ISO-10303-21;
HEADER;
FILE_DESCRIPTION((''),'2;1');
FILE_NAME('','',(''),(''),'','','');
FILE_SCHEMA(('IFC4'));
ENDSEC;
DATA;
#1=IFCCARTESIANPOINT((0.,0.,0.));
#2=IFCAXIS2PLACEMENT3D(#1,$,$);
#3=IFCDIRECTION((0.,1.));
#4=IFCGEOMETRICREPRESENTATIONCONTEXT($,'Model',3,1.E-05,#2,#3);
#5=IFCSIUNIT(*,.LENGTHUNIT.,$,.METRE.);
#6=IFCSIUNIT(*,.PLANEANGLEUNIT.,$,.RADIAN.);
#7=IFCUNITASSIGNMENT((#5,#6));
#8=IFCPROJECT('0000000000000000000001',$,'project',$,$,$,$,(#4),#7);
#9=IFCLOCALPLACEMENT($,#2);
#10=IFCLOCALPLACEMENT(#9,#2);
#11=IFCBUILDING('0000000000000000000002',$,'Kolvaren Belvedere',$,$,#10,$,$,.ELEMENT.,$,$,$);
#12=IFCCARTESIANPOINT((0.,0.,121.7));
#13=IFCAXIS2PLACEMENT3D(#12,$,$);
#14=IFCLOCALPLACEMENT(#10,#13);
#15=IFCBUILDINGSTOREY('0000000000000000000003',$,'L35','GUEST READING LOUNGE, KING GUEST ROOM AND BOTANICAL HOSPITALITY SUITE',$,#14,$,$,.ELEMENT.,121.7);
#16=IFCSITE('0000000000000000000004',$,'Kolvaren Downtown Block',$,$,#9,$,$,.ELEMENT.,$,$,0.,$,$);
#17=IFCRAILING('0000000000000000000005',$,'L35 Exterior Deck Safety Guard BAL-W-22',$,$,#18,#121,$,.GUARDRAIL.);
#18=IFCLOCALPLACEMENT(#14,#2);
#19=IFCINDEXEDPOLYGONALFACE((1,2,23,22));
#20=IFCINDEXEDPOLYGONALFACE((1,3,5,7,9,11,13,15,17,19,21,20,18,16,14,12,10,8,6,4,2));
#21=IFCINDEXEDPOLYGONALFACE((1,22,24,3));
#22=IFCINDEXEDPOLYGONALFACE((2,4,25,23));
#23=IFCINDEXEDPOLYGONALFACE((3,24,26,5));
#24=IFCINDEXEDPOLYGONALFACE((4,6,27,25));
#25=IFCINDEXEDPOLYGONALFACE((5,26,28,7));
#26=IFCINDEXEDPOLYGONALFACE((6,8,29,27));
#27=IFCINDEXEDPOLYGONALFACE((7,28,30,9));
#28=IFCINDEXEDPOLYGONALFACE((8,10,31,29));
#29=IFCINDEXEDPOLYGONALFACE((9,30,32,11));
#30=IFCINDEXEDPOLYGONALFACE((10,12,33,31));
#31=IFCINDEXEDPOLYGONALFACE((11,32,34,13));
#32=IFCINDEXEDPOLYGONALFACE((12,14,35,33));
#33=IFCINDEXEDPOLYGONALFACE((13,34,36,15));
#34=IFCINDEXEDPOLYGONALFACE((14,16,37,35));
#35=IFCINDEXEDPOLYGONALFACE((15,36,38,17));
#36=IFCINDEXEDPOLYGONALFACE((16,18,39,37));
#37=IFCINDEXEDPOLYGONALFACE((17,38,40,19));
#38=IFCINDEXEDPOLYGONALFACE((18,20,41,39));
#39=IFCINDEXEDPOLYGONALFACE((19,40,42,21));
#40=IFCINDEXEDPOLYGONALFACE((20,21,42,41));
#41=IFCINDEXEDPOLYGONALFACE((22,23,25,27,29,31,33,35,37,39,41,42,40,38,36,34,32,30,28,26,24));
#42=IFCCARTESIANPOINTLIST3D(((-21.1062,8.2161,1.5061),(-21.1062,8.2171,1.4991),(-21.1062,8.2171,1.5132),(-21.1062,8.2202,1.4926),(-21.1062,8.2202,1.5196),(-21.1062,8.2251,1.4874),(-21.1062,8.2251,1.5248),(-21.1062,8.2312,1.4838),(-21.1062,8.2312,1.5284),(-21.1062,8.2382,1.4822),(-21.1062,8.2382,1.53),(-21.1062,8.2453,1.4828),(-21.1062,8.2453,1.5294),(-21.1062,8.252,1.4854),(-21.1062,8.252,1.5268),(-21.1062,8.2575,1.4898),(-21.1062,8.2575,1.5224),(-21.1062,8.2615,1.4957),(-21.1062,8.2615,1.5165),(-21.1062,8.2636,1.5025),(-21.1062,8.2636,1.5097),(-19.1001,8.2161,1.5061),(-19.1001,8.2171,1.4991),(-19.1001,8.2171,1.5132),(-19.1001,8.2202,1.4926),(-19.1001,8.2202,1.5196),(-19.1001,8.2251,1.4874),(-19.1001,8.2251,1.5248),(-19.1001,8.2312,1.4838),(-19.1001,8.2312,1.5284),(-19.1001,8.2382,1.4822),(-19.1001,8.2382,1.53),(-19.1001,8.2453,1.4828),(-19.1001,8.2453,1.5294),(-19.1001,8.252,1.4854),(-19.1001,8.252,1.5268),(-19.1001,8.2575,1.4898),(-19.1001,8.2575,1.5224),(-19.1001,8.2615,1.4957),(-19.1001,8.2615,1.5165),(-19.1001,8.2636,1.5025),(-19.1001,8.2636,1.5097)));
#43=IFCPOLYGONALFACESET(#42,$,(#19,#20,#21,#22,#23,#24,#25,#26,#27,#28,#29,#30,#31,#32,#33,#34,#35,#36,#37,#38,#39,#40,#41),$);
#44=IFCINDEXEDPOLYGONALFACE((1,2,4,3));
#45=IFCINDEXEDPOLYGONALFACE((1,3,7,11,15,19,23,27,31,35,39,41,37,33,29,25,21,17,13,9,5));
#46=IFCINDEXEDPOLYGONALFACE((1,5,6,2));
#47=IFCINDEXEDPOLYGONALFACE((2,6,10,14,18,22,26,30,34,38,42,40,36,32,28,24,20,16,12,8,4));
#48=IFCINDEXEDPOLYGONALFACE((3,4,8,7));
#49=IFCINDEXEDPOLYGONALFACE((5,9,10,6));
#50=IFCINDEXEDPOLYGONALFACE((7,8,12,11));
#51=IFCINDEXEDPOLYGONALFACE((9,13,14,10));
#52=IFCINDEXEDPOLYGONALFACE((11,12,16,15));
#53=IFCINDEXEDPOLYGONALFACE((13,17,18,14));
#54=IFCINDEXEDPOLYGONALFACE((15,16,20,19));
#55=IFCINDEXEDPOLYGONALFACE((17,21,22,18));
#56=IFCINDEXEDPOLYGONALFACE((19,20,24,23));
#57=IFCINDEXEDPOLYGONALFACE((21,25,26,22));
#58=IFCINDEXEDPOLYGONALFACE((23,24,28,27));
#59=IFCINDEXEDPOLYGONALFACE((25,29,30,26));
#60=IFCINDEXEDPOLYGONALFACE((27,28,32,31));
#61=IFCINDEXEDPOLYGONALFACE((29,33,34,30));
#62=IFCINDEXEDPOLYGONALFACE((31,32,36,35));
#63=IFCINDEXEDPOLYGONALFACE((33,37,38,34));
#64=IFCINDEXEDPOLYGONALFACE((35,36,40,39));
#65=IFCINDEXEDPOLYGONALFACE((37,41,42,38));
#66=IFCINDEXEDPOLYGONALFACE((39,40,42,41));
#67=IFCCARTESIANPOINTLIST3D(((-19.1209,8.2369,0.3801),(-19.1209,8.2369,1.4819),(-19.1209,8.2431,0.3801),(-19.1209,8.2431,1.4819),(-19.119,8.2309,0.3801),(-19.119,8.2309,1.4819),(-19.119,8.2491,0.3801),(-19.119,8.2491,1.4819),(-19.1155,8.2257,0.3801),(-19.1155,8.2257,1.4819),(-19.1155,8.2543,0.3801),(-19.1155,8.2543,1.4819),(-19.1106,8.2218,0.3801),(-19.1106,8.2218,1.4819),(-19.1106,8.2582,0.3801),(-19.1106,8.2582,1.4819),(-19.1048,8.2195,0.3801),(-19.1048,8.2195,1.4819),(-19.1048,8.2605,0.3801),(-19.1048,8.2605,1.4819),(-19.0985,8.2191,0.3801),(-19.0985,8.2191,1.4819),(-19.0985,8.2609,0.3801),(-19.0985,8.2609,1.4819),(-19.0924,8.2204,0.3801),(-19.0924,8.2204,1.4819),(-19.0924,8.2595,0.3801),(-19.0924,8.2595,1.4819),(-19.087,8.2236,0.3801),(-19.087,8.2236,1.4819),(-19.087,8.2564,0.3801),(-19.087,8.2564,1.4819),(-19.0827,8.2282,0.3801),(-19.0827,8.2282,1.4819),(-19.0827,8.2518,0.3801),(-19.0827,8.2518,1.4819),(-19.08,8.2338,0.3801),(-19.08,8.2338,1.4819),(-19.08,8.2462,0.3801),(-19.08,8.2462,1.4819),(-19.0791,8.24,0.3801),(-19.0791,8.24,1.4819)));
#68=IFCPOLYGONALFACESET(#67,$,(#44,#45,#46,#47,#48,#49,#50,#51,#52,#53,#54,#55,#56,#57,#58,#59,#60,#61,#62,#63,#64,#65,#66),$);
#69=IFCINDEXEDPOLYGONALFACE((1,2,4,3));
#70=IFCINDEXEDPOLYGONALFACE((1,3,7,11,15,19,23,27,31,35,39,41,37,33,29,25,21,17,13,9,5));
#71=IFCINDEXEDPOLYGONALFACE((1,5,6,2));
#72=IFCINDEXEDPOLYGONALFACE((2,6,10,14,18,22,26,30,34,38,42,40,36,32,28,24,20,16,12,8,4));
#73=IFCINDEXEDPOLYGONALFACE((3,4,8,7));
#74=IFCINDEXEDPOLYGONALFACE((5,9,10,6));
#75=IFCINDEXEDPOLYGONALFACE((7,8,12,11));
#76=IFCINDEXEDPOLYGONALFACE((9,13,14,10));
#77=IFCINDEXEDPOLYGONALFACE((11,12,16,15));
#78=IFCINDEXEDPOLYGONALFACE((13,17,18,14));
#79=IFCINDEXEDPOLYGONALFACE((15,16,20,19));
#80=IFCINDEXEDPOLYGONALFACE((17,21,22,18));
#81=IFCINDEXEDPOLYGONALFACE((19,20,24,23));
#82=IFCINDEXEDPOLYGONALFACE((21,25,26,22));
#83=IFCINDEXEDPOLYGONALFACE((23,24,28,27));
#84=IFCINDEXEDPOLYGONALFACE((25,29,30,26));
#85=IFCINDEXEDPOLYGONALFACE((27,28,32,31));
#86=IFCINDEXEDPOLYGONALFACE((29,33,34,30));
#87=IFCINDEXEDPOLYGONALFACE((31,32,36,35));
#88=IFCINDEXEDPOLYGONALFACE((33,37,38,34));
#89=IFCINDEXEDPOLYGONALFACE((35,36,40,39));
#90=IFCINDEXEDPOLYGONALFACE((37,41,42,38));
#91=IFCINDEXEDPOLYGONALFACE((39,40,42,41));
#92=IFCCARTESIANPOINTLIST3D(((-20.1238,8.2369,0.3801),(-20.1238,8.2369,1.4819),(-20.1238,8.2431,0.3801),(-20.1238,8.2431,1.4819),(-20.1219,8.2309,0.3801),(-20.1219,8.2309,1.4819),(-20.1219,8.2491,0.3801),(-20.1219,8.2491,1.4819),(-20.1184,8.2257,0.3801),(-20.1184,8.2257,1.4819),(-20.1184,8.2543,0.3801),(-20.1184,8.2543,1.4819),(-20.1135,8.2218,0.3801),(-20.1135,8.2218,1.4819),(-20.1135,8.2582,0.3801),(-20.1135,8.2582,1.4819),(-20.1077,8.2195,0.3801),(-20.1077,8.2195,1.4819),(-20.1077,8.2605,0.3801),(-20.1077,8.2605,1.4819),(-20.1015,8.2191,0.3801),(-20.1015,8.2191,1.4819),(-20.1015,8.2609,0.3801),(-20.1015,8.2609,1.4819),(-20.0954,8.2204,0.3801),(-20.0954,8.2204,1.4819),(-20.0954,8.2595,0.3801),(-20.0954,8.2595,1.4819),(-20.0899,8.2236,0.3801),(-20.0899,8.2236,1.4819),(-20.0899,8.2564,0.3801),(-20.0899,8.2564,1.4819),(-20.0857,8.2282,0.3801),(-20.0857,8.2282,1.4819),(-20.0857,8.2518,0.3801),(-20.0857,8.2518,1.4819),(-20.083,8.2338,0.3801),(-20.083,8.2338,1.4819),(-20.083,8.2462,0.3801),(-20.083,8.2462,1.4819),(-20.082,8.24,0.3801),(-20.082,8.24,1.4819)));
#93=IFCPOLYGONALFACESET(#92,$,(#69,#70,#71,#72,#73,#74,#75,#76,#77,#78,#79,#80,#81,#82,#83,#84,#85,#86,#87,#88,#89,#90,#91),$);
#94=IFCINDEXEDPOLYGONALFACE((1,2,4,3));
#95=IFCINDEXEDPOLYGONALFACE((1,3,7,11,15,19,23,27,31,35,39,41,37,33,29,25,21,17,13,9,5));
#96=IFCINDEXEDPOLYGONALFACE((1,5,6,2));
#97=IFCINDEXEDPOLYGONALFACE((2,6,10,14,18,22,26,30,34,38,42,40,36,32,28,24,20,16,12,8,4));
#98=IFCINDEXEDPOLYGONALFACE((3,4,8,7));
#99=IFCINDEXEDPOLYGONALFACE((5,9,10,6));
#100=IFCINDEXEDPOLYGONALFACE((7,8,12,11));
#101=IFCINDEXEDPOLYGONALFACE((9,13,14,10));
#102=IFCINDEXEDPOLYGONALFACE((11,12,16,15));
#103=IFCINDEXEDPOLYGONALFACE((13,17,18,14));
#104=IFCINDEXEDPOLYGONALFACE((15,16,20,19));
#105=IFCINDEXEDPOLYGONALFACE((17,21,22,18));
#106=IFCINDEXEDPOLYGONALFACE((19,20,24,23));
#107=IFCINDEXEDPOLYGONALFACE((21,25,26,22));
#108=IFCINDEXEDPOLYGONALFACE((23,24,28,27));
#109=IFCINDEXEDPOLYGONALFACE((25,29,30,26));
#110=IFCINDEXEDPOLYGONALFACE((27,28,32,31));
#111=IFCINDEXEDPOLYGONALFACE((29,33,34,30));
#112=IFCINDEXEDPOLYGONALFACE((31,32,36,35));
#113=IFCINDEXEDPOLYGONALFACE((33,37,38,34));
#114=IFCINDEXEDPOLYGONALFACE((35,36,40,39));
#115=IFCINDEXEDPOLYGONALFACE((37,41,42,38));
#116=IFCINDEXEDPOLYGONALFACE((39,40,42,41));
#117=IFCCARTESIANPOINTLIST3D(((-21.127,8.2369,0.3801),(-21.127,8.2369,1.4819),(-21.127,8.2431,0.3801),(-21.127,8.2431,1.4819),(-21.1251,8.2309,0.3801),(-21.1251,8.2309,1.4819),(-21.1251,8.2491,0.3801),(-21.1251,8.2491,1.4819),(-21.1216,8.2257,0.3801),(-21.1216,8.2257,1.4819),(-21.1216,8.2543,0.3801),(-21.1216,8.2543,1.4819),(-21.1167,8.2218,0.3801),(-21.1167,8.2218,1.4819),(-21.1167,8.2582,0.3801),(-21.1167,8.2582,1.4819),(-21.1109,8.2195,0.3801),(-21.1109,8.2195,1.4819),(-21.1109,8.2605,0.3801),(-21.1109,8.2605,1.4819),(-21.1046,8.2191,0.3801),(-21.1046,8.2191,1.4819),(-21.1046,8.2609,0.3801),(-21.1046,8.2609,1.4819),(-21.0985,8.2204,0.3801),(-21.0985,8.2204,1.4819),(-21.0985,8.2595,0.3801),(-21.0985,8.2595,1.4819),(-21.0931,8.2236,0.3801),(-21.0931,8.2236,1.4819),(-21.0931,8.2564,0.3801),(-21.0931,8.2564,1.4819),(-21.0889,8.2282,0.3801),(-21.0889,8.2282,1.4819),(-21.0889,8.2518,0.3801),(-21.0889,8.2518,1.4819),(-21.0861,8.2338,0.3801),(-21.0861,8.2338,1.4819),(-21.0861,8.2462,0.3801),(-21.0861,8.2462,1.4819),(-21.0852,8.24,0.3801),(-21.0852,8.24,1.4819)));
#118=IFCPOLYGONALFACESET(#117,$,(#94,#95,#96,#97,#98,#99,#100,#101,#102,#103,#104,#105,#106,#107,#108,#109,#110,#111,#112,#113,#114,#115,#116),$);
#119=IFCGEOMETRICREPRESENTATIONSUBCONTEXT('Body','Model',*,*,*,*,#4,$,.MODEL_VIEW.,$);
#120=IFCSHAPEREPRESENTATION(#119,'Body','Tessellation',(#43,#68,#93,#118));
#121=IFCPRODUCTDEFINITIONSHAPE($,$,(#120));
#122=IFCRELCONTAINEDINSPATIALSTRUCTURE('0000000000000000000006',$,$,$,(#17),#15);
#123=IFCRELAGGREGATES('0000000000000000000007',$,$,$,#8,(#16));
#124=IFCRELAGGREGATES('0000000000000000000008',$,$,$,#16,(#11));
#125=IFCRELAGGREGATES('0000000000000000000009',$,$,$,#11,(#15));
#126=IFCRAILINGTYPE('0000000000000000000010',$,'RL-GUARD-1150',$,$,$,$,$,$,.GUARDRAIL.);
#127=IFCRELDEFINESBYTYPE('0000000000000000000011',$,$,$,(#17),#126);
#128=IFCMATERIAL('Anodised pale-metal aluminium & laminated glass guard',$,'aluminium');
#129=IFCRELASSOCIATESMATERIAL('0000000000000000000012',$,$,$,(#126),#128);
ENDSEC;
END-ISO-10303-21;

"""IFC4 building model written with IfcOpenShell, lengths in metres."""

from ifc_helpers import new_model, si_unit, direction, frame, origin, origin_2d, place, context, subcontext, project, spatial, circle, extrude, material, type_object, element, save


model = new_model("IFC4")

# Units and contexts
model_context = context("Model", 3, precision=1e-05, world=origin(), true_north=direction((0.0, 1.0)))
body_context = subcontext(model_context, "Body", "Model", "MODEL_VIEW")
ifc_project = project(units=[si_unit("LENGTHUNIT", "METRE"), si_unit("PLANEANGLEUNIT", "RADIAN")], contexts=[model_context])

# Site, building, storey
site_placement = place(None, origin())
site = spatial("IfcSite", under=ifc_project, at=site_placement, Name="Kolvaren Downtown Block", CompositionType="ELEMENT", RefElevation=0.0)
building_placement = place(site_placement, origin())
building = spatial("IfcBuilding", under=site, at=building_placement, Name="Kolvaren Belvedere", CompositionType="ELEMENT")
storey_placement = place(building_placement, frame((0.0, 0.0, 121.7)))
storey = spatial("IfcBuildingStorey", under=building, at=storey_placement, Name="L35", Description="GUEST READING LOUNGE, KING GUEST ROOM AND BOTANICAL HOSPITALITY SUITE", CompositionType="ELEMENT", Elevation=121.7)

# Railing
ifc_material_1 = material(Name="Anodised pale-metal aluminium & laminated glass guard", Category="aluminium")
railing_type = type_object("IfcRailingType", Name="RL-GUARD-1150", PredefinedType="GUARDRAIL", material=ifc_material_1)
railing_1_placement = place(storey_placement, frame((-19.1001, 8.24, 0.3801)))
element("IfcRailing", 1, at=railing_1_placement, inside=storey, type_object=railing_type, Name="L35 Exterior Deck Safety Guard BAL-W-22", PredefinedType="GUARDRAIL", context=body_context, shape_type="SweptSolid", body=[
    extrude(circle(Radius=0.0239, at=origin_2d()), frame((0.0, 0.0, 1.126), z_axis=(-1.0, 0.0, 0.0), x_axis=(0.0, -1.0, 0.0)), (0.0, 0.0, 1.0), 2.0061),
    extrude(circle(Radius=0.021, at=origin_2d()), origin(), (0.0, 0.0, 1.0), 1.1018),
    extrude(circle(Radius=0.021, at=origin_2d()), frame((-1.0029, 0.0, 0.0)), (0.0, 0.0, 1.0), 1.1018),
    extrude(circle(Radius=0.021, at=origin_2d()), frame((-2.0061, 0.0, 0.0)), (0.0, 0.0, 1.0), 1.1018),
])

save(model, "model.ifc")
